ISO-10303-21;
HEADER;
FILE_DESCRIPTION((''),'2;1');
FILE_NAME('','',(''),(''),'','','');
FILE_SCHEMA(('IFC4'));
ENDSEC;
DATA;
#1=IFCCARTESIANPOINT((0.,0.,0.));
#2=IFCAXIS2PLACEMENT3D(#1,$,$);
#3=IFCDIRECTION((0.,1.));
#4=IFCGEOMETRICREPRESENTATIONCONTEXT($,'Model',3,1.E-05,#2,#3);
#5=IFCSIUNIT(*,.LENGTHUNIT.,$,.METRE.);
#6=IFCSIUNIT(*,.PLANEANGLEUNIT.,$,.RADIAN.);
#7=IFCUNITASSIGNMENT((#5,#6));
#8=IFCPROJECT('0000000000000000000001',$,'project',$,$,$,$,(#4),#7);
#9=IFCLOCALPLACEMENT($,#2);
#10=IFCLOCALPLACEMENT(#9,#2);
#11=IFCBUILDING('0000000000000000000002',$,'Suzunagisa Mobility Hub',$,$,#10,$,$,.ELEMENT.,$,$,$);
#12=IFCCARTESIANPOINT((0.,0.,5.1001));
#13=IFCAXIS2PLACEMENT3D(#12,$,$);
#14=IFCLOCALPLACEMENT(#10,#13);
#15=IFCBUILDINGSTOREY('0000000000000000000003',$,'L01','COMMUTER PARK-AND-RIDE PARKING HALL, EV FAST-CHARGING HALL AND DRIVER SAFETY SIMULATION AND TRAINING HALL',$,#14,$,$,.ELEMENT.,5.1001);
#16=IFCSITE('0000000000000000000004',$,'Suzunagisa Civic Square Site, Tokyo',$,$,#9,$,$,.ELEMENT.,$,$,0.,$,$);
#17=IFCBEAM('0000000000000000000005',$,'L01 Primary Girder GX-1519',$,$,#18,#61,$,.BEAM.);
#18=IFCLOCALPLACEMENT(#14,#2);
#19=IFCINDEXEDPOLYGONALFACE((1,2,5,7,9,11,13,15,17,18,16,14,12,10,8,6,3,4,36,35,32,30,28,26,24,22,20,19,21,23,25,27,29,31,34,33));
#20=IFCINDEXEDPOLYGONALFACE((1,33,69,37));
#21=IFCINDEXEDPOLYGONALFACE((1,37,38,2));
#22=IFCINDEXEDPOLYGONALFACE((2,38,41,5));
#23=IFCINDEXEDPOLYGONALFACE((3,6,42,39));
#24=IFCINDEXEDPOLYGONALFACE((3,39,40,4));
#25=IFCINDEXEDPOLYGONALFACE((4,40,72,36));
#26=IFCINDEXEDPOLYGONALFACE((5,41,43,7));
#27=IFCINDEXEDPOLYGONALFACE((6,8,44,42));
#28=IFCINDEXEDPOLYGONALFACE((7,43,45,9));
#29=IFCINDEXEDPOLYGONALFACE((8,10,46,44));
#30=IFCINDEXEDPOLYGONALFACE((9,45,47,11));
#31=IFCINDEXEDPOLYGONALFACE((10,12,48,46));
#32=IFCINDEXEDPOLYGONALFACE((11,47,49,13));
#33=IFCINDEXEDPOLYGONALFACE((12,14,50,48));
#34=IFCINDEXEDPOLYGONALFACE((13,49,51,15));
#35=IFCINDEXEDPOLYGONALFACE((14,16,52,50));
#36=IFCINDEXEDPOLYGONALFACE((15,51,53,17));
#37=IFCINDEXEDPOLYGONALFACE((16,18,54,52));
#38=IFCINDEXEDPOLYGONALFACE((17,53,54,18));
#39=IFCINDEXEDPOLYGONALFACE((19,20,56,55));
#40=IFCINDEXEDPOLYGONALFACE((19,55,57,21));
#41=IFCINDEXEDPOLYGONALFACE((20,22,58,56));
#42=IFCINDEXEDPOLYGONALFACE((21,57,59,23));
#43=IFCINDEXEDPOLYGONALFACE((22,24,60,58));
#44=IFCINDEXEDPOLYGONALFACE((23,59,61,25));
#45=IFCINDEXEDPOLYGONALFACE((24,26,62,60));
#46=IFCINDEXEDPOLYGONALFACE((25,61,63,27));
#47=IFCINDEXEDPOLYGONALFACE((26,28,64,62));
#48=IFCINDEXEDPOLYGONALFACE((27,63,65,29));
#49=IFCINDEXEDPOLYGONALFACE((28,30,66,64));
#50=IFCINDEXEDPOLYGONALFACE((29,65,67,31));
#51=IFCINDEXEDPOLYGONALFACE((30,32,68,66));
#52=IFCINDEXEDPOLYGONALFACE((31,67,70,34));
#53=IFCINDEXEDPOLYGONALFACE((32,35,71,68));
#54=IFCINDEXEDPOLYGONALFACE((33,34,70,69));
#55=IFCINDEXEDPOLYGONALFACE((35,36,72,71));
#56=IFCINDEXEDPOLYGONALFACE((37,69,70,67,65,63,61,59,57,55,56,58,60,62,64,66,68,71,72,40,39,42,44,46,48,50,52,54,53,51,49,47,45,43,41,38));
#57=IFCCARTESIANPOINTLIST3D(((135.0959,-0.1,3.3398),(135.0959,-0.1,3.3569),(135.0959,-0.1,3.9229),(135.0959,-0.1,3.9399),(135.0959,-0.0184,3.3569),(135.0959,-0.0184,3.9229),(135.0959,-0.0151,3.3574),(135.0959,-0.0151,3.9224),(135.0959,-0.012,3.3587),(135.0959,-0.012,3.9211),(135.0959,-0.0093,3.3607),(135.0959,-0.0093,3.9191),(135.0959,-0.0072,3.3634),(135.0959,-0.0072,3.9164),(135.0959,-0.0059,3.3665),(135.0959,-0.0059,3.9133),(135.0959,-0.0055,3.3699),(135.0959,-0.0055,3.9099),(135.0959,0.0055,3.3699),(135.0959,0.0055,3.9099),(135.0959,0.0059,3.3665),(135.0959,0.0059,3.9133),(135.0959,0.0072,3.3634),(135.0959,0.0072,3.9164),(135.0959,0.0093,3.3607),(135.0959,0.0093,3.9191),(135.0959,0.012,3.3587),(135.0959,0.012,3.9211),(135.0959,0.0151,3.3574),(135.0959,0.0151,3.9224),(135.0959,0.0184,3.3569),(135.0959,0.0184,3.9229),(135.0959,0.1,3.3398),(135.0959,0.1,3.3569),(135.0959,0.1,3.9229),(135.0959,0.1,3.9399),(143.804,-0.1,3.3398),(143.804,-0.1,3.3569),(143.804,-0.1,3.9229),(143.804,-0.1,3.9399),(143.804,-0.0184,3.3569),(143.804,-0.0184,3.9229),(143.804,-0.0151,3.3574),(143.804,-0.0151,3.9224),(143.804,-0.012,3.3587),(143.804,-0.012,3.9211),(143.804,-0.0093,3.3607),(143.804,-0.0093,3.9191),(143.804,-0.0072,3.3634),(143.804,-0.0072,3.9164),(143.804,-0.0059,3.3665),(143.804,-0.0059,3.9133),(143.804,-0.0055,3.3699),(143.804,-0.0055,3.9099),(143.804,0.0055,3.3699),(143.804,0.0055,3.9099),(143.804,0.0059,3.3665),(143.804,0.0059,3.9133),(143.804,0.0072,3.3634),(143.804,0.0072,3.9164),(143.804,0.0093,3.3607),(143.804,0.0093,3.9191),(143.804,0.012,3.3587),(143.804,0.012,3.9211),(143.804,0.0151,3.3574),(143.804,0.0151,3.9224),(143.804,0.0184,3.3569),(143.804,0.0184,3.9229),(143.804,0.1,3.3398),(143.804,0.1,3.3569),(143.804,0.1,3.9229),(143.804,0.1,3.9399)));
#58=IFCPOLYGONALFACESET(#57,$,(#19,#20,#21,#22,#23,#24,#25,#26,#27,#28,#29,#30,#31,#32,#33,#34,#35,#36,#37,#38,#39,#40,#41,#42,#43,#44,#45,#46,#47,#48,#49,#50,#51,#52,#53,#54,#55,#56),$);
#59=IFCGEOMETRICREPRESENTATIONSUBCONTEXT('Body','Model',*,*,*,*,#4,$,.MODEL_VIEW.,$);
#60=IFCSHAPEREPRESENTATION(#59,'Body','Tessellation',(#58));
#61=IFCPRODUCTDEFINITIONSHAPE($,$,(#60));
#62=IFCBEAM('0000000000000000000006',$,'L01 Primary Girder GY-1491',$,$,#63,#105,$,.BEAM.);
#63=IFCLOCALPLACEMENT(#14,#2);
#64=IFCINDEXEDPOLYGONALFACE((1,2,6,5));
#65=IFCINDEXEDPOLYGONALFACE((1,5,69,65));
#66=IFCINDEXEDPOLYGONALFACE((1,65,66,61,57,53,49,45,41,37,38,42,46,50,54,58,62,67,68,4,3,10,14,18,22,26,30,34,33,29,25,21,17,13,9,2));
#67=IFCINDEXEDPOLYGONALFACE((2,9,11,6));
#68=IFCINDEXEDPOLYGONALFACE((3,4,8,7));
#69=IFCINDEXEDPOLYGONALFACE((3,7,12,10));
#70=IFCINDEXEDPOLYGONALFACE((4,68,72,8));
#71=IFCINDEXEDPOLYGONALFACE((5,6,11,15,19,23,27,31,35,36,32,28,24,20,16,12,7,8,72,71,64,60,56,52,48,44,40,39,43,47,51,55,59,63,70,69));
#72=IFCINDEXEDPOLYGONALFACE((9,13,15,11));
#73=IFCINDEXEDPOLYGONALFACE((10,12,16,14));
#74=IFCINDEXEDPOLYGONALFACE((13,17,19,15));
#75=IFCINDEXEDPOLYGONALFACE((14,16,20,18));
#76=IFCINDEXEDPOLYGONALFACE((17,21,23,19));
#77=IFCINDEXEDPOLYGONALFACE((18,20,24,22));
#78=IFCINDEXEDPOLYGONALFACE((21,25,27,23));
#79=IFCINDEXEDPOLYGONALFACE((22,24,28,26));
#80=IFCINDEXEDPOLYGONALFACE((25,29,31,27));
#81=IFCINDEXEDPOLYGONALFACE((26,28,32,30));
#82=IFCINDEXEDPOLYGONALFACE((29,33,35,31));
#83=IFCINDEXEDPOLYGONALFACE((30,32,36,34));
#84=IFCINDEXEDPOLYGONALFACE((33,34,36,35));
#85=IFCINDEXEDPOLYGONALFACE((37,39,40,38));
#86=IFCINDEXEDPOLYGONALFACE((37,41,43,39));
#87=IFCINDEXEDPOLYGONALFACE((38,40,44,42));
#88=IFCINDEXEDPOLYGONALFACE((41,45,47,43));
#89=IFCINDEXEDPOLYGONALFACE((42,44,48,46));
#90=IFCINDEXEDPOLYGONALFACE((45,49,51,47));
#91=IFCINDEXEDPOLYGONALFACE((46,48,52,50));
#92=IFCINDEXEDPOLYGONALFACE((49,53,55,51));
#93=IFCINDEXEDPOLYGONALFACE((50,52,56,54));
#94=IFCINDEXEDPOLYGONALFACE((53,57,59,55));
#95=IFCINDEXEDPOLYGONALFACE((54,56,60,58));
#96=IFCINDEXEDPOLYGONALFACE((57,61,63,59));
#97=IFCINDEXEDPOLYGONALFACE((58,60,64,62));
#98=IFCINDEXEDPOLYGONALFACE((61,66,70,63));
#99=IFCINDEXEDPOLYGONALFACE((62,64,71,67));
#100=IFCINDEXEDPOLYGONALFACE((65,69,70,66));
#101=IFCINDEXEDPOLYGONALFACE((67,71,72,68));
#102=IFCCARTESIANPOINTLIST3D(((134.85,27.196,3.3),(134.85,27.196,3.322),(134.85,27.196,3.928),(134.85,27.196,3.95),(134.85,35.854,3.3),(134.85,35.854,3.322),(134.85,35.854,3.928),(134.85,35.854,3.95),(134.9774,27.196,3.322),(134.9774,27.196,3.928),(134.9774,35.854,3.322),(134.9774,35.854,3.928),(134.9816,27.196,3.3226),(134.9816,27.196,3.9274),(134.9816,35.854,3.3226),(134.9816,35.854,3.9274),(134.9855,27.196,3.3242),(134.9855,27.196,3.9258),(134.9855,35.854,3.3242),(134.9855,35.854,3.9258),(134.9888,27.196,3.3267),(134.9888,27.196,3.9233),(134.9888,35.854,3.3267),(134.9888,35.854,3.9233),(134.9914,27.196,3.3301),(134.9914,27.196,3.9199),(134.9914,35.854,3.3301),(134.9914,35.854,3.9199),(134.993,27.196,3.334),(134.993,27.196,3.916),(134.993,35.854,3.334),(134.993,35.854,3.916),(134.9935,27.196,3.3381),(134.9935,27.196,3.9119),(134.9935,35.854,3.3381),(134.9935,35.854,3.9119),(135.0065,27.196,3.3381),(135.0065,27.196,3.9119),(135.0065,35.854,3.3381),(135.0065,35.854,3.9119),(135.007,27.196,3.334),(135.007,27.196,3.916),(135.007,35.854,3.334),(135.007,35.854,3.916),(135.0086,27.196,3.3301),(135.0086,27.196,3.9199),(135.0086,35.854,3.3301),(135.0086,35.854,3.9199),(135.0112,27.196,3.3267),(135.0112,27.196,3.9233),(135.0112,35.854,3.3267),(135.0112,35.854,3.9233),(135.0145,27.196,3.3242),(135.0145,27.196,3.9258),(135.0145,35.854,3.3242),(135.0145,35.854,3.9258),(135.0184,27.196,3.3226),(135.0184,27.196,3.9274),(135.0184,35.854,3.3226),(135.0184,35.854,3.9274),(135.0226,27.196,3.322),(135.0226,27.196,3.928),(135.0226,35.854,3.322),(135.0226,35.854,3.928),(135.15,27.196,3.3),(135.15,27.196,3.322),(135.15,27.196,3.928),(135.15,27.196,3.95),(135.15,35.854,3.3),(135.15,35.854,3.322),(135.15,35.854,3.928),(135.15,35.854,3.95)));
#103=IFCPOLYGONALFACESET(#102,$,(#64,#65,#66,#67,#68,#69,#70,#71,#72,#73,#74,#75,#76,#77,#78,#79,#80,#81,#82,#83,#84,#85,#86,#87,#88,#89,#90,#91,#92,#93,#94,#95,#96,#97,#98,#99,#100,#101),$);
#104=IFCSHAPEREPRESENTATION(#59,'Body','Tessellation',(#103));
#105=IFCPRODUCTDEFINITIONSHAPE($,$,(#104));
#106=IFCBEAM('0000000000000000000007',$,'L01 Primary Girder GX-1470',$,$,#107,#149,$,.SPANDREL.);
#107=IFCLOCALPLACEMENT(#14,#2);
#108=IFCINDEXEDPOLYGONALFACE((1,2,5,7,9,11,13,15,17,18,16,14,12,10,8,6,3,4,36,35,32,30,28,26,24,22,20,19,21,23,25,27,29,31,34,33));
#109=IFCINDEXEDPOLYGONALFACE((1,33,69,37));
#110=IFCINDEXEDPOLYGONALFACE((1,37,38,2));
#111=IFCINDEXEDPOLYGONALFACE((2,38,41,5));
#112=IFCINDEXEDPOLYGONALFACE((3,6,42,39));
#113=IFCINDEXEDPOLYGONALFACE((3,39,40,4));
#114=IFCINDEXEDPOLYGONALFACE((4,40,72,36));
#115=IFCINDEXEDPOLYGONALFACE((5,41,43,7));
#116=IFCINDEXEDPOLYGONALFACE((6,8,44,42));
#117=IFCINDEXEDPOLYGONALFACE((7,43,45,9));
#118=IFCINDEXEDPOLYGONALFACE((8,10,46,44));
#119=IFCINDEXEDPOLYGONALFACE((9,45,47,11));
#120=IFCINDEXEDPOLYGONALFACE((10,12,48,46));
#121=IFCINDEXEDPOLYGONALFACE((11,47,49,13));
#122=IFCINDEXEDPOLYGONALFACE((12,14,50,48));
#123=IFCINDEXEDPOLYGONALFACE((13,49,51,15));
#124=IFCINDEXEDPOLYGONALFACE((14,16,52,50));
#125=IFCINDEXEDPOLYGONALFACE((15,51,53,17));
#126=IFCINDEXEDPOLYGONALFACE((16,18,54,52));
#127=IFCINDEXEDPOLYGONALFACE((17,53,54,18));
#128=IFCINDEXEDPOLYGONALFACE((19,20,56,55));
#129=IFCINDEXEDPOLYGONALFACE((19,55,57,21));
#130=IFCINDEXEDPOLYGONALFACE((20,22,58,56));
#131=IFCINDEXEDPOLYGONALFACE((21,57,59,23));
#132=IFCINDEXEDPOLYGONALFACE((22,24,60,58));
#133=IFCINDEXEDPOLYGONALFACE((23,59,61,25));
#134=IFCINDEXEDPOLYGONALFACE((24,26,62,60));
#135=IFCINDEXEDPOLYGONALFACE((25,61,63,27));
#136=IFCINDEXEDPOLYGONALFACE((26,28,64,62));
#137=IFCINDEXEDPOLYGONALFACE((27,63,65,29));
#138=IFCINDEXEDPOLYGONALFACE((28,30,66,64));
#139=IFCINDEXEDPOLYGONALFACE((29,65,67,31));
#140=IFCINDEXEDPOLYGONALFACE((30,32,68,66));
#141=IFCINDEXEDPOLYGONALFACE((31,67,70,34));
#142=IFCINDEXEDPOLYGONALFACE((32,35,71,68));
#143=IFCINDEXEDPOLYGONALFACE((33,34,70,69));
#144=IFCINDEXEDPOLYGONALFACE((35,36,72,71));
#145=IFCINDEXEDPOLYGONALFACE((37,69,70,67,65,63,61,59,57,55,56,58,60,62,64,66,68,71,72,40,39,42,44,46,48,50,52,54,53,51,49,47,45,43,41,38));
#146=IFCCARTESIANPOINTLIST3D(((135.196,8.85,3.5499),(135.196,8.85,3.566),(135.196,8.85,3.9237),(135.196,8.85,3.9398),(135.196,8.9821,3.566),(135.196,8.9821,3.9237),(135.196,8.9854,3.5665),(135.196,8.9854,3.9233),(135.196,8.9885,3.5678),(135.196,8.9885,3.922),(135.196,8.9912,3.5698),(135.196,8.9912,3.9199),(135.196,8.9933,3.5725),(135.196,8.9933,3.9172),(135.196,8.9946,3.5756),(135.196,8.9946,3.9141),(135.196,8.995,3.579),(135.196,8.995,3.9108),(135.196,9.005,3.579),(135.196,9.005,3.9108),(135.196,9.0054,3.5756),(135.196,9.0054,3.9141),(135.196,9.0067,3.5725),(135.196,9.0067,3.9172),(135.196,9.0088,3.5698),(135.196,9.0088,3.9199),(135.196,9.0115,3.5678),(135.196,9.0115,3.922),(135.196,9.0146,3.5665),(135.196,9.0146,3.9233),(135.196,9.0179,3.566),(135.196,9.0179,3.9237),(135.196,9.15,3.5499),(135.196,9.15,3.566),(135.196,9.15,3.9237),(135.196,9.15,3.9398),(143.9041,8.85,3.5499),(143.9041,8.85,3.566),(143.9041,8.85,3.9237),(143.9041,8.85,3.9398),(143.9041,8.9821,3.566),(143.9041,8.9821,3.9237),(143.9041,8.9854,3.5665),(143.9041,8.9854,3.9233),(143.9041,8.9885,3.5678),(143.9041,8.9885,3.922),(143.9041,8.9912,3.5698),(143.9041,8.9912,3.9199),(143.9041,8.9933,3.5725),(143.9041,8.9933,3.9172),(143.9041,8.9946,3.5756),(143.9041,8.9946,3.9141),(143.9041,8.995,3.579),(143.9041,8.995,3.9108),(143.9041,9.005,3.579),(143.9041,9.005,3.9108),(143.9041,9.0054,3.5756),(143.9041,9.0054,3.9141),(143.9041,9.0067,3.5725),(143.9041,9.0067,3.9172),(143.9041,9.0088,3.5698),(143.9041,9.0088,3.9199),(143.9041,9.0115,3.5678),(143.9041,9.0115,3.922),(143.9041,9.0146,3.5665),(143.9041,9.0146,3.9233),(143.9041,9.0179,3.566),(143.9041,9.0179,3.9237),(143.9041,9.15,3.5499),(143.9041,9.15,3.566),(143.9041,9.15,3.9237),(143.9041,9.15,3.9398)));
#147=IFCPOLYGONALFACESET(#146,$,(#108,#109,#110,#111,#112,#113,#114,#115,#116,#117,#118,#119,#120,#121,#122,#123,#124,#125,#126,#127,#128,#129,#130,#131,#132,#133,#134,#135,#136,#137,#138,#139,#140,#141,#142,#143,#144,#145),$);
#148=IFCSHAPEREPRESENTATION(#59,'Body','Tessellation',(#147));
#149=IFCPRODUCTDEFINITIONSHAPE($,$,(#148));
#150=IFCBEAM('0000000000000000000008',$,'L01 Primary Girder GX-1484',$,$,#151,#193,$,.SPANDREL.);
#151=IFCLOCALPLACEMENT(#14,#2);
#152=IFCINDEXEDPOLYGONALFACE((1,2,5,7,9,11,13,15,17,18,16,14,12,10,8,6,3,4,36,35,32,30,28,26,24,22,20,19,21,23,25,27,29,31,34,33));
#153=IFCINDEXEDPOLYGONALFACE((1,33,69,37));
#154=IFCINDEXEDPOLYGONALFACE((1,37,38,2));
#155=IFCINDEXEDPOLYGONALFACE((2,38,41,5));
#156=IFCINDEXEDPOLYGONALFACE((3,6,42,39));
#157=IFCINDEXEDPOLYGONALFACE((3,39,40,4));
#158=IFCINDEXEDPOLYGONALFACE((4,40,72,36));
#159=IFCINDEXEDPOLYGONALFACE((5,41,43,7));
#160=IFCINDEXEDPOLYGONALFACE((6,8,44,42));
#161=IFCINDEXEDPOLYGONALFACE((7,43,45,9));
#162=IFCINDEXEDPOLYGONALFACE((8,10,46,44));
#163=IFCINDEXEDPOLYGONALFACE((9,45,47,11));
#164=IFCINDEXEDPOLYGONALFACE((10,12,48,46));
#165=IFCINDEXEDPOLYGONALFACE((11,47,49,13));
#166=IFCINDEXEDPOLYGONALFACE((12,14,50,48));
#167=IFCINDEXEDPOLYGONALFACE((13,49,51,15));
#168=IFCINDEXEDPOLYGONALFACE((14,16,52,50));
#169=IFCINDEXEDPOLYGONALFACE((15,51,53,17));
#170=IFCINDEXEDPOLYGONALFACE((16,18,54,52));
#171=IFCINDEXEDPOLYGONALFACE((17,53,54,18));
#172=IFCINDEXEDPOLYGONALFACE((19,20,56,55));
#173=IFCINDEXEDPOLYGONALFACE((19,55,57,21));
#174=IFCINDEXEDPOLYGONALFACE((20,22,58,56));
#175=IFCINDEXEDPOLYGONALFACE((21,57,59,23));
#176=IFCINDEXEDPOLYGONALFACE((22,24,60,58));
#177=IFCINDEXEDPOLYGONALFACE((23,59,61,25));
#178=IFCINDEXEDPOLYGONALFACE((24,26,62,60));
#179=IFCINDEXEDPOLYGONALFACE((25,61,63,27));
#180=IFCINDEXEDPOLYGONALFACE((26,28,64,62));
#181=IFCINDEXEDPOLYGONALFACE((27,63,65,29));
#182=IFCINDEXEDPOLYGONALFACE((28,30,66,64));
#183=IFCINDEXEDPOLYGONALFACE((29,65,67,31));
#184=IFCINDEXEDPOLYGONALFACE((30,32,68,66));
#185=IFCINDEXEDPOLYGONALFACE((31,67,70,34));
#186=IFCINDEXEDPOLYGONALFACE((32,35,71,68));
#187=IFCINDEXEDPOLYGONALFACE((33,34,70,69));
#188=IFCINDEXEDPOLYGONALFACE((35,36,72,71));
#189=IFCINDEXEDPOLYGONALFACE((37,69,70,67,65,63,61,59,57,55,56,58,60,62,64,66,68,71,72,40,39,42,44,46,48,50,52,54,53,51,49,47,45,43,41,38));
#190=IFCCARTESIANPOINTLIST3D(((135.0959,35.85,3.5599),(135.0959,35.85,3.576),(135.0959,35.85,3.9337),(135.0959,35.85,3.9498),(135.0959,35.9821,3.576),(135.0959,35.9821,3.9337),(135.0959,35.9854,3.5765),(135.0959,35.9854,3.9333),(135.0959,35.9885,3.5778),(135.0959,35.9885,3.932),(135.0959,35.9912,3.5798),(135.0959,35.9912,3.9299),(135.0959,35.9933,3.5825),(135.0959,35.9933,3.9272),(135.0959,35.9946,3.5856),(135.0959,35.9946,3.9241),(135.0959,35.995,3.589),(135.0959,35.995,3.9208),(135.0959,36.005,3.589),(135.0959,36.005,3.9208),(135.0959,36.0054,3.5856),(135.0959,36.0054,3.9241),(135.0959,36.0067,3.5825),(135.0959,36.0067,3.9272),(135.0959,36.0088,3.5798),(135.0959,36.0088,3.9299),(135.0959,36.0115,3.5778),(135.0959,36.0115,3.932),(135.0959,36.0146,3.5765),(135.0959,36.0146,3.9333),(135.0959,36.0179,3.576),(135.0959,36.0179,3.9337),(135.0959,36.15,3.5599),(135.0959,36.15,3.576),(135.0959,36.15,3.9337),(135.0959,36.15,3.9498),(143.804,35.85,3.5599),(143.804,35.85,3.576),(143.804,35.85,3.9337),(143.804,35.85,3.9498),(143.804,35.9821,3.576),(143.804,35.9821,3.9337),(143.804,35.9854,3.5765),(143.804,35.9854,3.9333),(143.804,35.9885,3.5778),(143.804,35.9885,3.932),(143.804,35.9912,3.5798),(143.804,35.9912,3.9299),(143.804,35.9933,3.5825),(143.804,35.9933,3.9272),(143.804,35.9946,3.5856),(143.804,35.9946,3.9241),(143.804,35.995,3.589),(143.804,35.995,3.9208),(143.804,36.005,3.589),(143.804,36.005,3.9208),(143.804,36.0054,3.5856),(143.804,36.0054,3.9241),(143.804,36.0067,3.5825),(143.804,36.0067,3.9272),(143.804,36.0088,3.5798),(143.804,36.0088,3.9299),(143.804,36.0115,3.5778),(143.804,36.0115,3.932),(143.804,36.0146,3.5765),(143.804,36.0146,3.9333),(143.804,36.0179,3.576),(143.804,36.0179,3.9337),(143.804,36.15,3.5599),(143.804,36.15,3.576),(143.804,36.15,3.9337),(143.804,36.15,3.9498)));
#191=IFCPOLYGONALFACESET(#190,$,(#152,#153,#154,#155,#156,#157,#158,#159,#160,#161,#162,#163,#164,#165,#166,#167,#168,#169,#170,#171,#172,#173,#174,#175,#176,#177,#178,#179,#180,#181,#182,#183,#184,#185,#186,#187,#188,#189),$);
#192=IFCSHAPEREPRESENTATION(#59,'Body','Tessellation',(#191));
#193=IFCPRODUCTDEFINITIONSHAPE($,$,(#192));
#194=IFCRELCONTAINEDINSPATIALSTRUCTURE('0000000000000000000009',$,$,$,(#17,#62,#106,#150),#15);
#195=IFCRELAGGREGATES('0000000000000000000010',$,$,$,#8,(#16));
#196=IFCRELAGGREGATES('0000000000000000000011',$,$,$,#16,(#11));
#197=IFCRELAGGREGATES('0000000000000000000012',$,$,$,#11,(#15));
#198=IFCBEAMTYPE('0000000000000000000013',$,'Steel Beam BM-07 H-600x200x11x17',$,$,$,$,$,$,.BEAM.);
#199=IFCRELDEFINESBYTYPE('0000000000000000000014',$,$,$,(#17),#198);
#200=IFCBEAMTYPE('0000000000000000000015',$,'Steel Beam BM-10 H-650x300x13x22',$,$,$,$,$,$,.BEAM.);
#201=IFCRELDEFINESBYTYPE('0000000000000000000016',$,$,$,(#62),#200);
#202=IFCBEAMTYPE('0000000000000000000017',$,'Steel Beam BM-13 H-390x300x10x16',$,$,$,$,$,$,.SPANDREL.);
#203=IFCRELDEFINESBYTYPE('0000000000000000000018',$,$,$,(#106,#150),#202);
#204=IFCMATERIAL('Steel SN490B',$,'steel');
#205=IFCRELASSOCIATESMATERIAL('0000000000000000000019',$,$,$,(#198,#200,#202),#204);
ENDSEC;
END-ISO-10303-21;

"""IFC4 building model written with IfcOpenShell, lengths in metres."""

from ifc_helpers import new_model, si_unit, direction, frame, origin, origin_2d, place, context, subcontext, project, spatial, i_section, extrude, material, material_profile, profile_set, type_object, element, save


model = new_model("IFC4")

# Units and contexts
model_context = context("Model", 3, precision=1e-05, world=origin(), true_north=direction((0.0, 1.0)))
body_context = subcontext(model_context, "Body", "Model", "MODEL_VIEW")
ifc_project = project(units=[si_unit("LENGTHUNIT", "METRE"), si_unit("PLANEANGLEUNIT", "RADIAN")], contexts=[model_context])

# Site, building, storey
site_placement = place(None, origin())
site = spatial("IfcSite", under=ifc_project, at=site_placement, Name="Suzunagisa Civic Square Site, Tokyo", CompositionType="ELEMENT", RefElevation=0.0)
building_placement = place(site_placement, origin())
building = spatial("IfcBuilding", under=site, at=building_placement, Name="Suzunagisa Mobility Hub", CompositionType="ELEMENT")
storey_placement = place(building_placement, frame((0.0, 0.0, 5.1001)))
storey = spatial("IfcBuildingStorey", under=building, at=storey_placement, Name="L01", Description="COMMUTER PARK-AND-RIDE PARKING HALL, EV FAST-CHARGING HALL AND DRIVER SAFETY SIMULATION AND TRAINING HALL", CompositionType="ELEMENT", Elevation=5.1001)

# Shared definitions
ifc_material_1 = material(Name="Steel SN490B", Category="steel")

# Beams
ifc_material_profile_1 = material_profile(ifc_material_1, i_section(OverallWidth=0.2, OverallDepth=0.6001, WebThickness=0.011, FlangeThickness=0.0171, FilletRadius=0.0129, at=origin_2d()), Name="H-600x200x11x17")
ifc_profile_set_1 = profile_set([ifc_material_profile_1], Name="Steel SN490B")
beam_type_1 = type_object("IfcBeamType", Name="Steel Beam BM-07 H-600x200x11x17", PredefinedType="BEAM", material=ifc_profile_set_1)
for number, where, z_axis, x_axis, name in (
    (1, (135.0959, 0.0, 3.6399), (1.0, 0.0, 0.0), (0.0, 1.0, 0.0), "L01 Primary Girder GX-1519"),
):
    element("IfcBeam", number, at=place(storey_placement, frame(where, z_axis=z_axis, x_axis=x_axis)), inside=storey, type_object=beam_type_1, Name=name, PredefinedType="BEAM", context=body_context, shape_type="SweptSolid", body=[
        extrude(i_section(OverallWidth=0.2, OverallDepth=0.6001, WebThickness=0.011, FlangeThickness=0.0171, FilletRadius=0.0129, at=origin_2d()), origin(), (0.0, 0.0, 1.0), 8.708),
    ])
ifc_material_profile_2 = material_profile(ifc_material_1, i_section(OverallWidth=0.3, OverallDepth=0.6499, WebThickness=0.0129, FlangeThickness=0.022, FilletRadius=0.0161, at=origin_2d()), Name="H-650x300x13x22")
ifc_profile_set_2 = profile_set([ifc_material_profile_2], Name="Steel SN490B")
beam_type_2 = type_object("IfcBeamType", Name="Steel Beam BM-10 H-650x300x13x22", PredefinedType="BEAM", material=ifc_profile_set_2)
beam_placement = place(storey_placement, frame((135.0, 27.196, 3.625), z_axis=(0.0, 1.0, 0.0), x_axis=(-1.0, 0.0, 0.0)))
element("IfcBeam", 2, at=beam_placement, inside=storey, type_object=beam_type_2, Name="L01 Primary Girder GY-1491", PredefinedType="BEAM", context=body_context, shape_type="SweptSolid", body=[
    extrude(i_section(OverallWidth=0.3, OverallDepth=0.6499, WebThickness=0.0129, FlangeThickness=0.022, FilletRadius=0.0161, at=origin_2d()), origin(), (0.0, 0.0, 1.0), 8.658),
])
ifc_material_profile_3 = material_profile(ifc_material_1, i_section(OverallWidth=0.3, OverallDepth=0.3899, WebThickness=0.01, FlangeThickness=0.0161, FilletRadius=0.0129, at=origin_2d()), Name="H-390x300x10x16")
ifc_profile_set_3 = profile_set([ifc_material_profile_3], Name="Steel SN490B")
beam_type_3 = type_object("IfcBeamType", Name="Steel Beam BM-13 H-390x300x10x16", PredefinedType="SPANDREL", material=ifc_profile_set_3)
for number, where, z_axis, x_axis, name in (
    (3, (135.196, 9.0, 3.7449), (1.0, 0.0, 0.0), (0.0, 1.0, 0.0), "L01 Primary Girder GX-1470"),
    (4, (135.0959, 36.0, 3.7549), (1.0, 0.0, 0.0), (0.0, 1.0, 0.0), "L01 Primary Girder GX-1484"),
):
    element("IfcBeam", number, at=place(storey_placement, frame(where, z_axis=z_axis, x_axis=x_axis)), inside=storey, type_object=beam_type_3, Name=name, PredefinedType="SPANDREL", context=body_context, shape_type="SweptSolid", body=[
        extrude(i_section(OverallWidth=0.3, OverallDepth=0.3899, WebThickness=0.01, FlangeThickness=0.0161, FilletRadius=0.0129, at=origin_2d()), origin(), (0.0, 0.0, 1.0), 8.708),
    ])

save(model, "model.ifc")
